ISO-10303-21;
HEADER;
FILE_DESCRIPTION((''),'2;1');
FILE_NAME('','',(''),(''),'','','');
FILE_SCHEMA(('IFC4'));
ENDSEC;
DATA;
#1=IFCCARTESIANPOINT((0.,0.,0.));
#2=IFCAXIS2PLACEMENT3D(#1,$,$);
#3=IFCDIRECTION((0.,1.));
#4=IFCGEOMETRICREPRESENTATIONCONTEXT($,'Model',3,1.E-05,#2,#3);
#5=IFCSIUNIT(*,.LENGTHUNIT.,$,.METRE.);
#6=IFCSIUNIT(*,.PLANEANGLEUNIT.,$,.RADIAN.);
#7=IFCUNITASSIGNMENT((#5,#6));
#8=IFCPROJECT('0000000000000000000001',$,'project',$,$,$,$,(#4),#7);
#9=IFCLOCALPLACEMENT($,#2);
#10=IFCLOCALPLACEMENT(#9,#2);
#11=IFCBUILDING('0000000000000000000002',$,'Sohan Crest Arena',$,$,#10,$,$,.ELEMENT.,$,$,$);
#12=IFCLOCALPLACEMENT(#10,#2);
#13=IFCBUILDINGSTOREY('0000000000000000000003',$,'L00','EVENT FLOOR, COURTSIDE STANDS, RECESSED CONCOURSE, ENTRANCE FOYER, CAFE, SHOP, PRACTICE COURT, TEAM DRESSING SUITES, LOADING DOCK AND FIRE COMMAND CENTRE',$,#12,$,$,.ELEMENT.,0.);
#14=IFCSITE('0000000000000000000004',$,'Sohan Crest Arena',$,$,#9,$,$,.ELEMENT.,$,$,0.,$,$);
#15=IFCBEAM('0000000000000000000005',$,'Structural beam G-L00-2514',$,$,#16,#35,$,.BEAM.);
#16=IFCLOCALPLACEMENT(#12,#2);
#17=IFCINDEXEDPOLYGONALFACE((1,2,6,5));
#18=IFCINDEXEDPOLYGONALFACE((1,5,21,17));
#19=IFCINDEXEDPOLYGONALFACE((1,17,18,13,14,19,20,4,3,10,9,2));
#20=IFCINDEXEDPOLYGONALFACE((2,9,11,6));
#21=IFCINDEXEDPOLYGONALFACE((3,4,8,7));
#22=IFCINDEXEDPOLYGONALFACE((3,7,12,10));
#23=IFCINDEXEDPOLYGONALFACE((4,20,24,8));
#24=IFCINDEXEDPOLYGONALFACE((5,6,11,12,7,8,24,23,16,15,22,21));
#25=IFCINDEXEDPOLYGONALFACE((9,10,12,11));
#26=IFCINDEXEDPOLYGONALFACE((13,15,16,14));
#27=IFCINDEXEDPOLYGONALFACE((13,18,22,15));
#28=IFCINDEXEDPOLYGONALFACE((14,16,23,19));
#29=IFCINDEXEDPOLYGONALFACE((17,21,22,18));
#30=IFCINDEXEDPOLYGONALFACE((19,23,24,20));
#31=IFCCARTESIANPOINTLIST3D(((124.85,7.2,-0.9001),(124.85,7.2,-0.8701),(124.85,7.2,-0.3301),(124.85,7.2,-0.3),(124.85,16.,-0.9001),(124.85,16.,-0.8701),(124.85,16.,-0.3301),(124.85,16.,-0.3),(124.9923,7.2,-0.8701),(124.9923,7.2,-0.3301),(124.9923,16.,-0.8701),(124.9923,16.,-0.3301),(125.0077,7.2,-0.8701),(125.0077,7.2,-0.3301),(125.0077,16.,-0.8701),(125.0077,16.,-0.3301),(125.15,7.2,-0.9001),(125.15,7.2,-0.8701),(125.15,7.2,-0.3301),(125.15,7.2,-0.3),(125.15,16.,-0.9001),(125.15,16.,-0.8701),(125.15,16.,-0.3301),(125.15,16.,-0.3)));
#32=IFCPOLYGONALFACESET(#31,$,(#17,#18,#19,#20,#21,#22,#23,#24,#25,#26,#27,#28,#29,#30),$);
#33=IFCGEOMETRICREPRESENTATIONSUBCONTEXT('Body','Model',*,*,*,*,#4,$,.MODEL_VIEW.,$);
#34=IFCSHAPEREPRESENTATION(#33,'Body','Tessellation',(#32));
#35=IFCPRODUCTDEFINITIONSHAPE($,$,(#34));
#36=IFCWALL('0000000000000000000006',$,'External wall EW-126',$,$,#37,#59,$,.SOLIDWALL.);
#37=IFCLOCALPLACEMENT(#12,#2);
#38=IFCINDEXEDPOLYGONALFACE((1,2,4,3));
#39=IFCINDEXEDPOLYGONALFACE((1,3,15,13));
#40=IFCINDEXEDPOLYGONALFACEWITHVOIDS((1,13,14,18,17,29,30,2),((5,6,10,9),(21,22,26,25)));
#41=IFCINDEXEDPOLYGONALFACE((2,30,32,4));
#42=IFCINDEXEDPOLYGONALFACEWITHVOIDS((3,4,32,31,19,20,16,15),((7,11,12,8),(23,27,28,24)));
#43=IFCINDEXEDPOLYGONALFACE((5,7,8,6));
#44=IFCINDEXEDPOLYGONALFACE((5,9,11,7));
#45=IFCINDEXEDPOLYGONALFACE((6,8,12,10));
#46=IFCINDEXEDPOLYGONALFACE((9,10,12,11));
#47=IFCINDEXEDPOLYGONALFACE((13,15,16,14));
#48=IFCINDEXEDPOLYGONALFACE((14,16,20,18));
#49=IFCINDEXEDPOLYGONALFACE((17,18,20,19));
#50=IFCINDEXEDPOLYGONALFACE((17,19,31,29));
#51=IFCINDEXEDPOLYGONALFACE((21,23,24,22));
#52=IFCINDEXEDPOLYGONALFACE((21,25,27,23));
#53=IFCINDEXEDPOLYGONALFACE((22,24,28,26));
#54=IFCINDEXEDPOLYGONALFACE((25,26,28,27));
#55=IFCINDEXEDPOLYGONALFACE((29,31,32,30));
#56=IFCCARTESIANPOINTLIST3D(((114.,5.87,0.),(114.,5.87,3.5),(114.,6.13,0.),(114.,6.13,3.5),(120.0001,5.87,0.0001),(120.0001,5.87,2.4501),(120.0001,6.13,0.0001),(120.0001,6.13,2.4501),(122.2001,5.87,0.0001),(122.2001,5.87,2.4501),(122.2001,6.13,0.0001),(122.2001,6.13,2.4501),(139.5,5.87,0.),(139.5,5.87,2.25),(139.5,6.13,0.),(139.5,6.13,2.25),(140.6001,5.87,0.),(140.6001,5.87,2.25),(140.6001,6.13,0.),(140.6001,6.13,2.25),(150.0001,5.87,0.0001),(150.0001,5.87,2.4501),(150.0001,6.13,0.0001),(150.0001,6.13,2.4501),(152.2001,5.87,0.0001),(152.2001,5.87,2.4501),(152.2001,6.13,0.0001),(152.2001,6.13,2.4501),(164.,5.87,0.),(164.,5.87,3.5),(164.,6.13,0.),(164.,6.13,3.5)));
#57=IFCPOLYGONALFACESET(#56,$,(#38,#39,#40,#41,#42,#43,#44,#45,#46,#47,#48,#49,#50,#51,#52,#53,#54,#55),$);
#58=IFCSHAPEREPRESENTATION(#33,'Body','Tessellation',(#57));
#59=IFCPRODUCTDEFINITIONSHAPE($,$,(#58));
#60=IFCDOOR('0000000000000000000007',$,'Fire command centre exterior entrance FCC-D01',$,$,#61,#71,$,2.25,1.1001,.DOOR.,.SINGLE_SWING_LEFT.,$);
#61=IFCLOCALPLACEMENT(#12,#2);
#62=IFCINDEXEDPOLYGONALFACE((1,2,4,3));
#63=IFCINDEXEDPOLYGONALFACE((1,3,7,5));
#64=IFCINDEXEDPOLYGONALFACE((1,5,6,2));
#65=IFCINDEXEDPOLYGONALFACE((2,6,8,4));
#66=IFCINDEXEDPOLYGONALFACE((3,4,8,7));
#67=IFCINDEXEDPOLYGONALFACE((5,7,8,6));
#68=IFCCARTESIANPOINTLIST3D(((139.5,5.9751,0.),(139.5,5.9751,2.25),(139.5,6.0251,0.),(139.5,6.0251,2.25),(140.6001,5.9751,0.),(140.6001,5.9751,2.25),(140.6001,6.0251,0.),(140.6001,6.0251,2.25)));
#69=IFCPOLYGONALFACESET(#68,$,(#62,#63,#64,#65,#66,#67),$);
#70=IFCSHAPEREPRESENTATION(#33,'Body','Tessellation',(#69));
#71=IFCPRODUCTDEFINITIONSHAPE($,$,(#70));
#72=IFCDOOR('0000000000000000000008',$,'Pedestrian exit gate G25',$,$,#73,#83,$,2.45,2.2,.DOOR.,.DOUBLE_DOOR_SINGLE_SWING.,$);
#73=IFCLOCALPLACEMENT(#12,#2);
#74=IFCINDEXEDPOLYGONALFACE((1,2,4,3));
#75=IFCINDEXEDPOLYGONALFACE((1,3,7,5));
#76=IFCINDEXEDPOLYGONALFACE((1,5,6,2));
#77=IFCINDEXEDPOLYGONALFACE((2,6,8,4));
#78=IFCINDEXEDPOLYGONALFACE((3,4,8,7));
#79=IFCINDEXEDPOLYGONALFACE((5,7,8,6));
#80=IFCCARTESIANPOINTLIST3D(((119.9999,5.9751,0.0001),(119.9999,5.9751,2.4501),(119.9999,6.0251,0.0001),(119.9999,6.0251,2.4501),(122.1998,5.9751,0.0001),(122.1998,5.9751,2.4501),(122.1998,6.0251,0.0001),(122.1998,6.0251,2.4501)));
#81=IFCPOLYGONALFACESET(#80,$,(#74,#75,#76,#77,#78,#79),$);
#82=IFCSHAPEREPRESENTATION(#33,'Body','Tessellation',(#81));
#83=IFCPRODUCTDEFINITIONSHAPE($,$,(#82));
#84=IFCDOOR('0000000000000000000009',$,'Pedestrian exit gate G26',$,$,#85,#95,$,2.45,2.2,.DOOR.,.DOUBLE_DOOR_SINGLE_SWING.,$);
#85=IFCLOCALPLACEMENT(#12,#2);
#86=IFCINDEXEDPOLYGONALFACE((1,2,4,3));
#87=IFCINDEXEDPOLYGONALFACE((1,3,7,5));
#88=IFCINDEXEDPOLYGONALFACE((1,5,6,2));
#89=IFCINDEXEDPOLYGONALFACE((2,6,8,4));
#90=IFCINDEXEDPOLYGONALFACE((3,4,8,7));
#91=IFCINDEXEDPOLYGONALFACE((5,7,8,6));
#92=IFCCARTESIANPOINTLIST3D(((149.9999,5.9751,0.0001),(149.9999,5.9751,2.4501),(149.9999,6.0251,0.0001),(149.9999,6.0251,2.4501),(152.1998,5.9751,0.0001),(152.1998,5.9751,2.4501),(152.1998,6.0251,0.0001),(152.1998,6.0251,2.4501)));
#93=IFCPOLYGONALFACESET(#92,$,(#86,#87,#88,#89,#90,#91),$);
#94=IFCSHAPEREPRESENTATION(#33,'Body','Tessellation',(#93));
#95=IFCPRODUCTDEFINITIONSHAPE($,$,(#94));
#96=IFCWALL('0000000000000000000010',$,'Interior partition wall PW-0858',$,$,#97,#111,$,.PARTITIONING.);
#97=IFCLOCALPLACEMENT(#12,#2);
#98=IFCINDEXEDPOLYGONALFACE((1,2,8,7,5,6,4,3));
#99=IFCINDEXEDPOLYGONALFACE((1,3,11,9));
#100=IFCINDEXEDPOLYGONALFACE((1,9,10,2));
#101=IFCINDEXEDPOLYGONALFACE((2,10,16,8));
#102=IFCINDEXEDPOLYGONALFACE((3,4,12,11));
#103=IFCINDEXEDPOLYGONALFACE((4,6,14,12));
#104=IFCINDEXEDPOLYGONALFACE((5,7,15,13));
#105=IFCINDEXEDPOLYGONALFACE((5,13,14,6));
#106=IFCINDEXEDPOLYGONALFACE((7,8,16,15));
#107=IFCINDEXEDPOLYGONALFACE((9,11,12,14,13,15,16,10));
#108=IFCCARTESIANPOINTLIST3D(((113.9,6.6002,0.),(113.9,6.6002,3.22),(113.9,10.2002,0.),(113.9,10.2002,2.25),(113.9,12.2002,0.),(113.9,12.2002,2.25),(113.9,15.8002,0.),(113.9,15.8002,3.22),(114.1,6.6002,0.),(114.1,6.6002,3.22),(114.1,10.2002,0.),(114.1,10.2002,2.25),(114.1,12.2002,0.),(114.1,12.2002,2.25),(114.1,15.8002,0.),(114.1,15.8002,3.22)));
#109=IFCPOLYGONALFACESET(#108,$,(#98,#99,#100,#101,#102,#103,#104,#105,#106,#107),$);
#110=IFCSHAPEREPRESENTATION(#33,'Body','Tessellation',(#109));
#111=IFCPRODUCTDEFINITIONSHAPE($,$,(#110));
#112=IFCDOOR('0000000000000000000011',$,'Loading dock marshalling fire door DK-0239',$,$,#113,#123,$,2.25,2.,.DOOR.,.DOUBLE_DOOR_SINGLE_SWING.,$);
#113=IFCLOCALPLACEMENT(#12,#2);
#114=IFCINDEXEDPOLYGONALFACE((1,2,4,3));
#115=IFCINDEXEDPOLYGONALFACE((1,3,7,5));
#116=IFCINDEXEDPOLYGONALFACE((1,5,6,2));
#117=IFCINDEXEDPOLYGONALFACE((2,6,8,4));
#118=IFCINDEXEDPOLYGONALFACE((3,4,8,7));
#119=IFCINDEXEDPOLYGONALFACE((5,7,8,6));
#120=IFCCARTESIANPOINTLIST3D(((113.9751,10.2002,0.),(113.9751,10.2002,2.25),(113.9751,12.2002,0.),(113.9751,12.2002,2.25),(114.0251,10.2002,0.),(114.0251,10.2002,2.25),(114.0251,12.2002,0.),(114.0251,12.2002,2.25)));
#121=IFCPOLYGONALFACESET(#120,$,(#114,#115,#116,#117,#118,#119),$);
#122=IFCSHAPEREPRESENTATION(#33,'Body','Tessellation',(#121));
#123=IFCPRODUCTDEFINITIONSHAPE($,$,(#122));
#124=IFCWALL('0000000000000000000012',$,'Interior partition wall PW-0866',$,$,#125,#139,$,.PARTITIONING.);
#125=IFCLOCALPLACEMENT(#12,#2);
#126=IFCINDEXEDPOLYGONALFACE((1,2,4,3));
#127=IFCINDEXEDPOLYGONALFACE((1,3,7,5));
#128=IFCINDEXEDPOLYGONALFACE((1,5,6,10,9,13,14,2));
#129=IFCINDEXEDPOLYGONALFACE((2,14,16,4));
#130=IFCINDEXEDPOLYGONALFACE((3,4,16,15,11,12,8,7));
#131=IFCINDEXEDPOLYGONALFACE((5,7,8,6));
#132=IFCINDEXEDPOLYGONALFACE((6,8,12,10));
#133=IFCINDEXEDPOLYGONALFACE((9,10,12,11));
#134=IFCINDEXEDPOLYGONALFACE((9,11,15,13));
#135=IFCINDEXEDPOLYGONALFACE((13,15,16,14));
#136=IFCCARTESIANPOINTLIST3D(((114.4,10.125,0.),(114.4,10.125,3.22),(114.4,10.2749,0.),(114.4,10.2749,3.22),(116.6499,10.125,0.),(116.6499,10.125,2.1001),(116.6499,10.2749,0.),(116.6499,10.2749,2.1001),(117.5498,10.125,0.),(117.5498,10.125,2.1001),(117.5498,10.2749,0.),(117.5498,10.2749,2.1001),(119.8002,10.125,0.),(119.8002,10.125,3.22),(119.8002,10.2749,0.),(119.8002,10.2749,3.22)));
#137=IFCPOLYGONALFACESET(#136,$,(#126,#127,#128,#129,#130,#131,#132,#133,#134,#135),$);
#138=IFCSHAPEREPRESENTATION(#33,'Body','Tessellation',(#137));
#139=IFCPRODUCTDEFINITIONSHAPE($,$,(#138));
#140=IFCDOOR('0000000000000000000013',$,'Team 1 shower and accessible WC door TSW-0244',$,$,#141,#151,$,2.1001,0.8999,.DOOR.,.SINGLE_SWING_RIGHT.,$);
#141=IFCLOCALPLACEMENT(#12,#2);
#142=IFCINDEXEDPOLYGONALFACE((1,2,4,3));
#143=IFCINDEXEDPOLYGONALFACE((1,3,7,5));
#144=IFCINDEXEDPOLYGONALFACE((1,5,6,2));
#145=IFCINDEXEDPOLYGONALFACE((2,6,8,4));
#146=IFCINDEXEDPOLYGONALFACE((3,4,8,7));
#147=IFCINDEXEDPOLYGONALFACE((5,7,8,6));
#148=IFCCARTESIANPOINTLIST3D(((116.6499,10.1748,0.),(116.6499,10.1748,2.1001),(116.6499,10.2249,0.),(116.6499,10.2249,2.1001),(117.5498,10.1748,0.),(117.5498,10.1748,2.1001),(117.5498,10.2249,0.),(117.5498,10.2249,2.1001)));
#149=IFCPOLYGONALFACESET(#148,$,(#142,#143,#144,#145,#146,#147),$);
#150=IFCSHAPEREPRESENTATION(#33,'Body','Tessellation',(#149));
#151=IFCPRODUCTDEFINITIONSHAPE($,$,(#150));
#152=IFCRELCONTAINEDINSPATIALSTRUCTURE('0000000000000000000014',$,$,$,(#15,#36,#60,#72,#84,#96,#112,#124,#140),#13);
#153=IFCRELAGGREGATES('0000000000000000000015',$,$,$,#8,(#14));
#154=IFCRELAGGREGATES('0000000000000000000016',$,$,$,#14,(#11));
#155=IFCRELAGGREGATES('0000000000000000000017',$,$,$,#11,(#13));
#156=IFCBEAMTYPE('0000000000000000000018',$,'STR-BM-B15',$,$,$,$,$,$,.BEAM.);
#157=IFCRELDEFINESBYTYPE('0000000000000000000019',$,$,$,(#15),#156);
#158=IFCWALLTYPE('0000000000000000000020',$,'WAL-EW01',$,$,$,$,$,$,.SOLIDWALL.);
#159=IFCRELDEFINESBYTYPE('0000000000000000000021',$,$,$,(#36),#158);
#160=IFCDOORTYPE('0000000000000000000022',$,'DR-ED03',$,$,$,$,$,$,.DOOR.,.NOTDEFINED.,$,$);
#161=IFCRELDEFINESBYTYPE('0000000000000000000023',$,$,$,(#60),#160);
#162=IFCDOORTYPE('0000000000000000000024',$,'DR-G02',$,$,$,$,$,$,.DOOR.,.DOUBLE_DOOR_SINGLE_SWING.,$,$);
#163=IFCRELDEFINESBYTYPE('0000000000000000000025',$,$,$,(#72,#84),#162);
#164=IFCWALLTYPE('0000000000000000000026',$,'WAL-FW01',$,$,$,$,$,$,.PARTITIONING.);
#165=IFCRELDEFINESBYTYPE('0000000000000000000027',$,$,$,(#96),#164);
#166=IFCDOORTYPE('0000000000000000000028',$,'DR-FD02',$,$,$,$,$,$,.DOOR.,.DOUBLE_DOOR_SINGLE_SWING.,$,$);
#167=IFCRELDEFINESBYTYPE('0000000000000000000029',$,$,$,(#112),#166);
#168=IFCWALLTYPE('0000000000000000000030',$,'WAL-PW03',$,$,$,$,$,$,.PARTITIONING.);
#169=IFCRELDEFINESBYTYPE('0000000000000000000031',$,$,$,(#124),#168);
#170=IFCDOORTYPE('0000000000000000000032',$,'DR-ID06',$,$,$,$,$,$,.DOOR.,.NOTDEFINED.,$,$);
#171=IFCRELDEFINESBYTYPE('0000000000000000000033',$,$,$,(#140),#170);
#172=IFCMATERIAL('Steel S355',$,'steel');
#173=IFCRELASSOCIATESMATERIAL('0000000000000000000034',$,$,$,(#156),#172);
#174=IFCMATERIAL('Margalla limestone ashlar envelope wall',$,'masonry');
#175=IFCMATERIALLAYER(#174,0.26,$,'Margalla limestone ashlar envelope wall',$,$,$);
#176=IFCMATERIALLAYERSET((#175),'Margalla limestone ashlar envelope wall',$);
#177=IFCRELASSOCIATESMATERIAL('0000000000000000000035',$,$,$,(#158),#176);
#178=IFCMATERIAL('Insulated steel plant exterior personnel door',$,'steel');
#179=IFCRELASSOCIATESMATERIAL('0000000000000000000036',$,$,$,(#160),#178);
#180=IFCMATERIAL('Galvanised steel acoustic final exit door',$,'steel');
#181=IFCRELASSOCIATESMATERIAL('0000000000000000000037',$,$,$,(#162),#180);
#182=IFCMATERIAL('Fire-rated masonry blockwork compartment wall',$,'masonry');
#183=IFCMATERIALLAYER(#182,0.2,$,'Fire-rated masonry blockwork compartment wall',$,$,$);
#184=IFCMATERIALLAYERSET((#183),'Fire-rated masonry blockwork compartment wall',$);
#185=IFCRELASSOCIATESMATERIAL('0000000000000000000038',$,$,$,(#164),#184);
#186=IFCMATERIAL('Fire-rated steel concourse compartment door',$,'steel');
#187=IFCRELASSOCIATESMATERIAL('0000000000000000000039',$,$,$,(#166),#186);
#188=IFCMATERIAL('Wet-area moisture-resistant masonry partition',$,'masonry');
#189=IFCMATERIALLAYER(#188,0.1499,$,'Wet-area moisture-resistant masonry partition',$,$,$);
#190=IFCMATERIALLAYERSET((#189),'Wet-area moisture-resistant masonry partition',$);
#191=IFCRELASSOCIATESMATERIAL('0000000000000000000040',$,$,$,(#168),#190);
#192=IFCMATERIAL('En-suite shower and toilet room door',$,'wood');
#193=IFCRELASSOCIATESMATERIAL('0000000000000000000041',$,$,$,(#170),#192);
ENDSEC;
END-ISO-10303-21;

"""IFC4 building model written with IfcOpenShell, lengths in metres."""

from ifc_helpers import new_model, si_unit, direction, frame, frame_2d, origin, origin_2d, place, context, subcontext, project, spatial, rectangle, i_section, extrude, material, layer, layer_set, material_profile, profile_set, type_object, element, fill, save


model = new_model("IFC4")

# Units and contexts
model_context = context("Model", 3, precision=1e-05, world=origin(), true_north=direction((0.0, 1.0)))
body_context = subcontext(model_context, "Body", "Model", "MODEL_VIEW")
ifc_project = project(units=[si_unit("LENGTHUNIT", "METRE"), si_unit("PLANEANGLEUNIT", "RADIAN")], contexts=[model_context])

# Site, building, storey
site_placement = place(None, origin())
site = spatial("IfcSite", under=ifc_project, at=site_placement, Name="Sohan Crest Arena", CompositionType="ELEMENT", RefElevation=0.0)
building_placement = place(site_placement, origin())
building = spatial("IfcBuilding", under=site, at=building_placement, Name="Sohan Crest Arena", CompositionType="ELEMENT")
storey_placement = place(building_placement, origin())
storey = spatial("IfcBuildingStorey", under=building, at=storey_placement, Name="L00", Description="EVENT FLOOR, COURTSIDE STANDS, RECESSED CONCOURSE, ENTRANCE FOYER, CAFE, SHOP, PRACTICE COURT, TEAM DRESSING SUITES, LOADING DOCK AND FIRE COMMAND CENTRE", CompositionType="ELEMENT", Elevation=0.0)

# Shared definitions
ifc_material_1 = material(Name="Steel S355", Category="steel")

# Beam
ifc_material_profile_1 = material_profile(ifc_material_1, i_section(OverallWidth=0.3, OverallDepth=0.6001, WebThickness=0.0154, FlangeThickness=0.03, at=origin_2d()), Name="HEB 600")
ifc_profile_set_1 = profile_set([ifc_material_profile_1], Name="Steel S355")
beam_type_1 = type_object("IfcBeamType", Name="STR-BM-B15", PredefinedType="BEAM", material=ifc_profile_set_1)
for number, where, z_axis, x_axis, name in (
    (1, (125.0, 7.2, -0.6001), (0.0, 1.0, 0.0), (-1.0, 0.0, 0.0), "Structural beam G-L00-2514"),
):
    element("IfcBeam", number, at=place(storey_placement, frame(where, z_axis=z_axis, x_axis=x_axis)), inside=storey, type_object=beam_type_1, Name=name, PredefinedType="BEAM", context=body_context, shape_type="SweptSolid", body=[
        extrude(i_section(OverallWidth=0.3, OverallDepth=0.6001, WebThickness=0.0154, FlangeThickness=0.03, at=origin_2d()), origin(), (0.0, 0.0, 1.0), 8.8),
    ])

# Wall, openings, doors
ifc_material_2 = material(Name="Margalla limestone ashlar envelope wall", Category="masonry")
ifc_layer_1 = layer(ifc_material_2, 0.26, Name="Margalla limestone ashlar envelope wall")
ifc_layer_set_1 = layer_set([ifc_layer_1], Name="Margalla limestone ashlar envelope wall")
wall_type_1 = type_object("IfcWallType", Name="WAL-EW01", PredefinedType="SOLIDWALL", material=ifc_layer_set_1)
wall_1_placement = place(storey_placement, frame((114.0, 6.0, 0.0), z_axis=(0.0, 0.0, 1.0), x_axis=(1.0, 0.0, 0.0)))
wall_1 = element("IfcWall", 2, at=wall_1_placement, inside=storey, type_object=wall_type_1, Name="External wall EW-126", PredefinedType="SOLIDWALL", context=body_context, shape_type="SweptSolid", body=[
    extrude(rectangle(XDim=50.0, YDim=0.26, at=frame_2d((25.0, 0.0))), origin(), (0.0, 0.0, 1.0), 3.5),
])
opening_1_placement = place(wall_1_placement, frame((25.5, 0.0, 0.0)))
opening_1 = element("IfcOpeningElement", 3, at=opening_1_placement, cuts=wall_1, PredefinedType="OPENING", context=body_context, shape_type="SweptSolid", body=[
    extrude(rectangle(XDim=1.1001, YDim=2.25, at=frame_2d((0.55, 1.125))), frame((0.0, 0.1399, 0.0), z_axis=(0.0, -1.0, 0.0), x_axis=(1.0, 0.0, 0.0)), (0.0, 0.0, 1.0), 0.28),
])
opening_2_placement = place(wall_1_placement, frame((6.0, 0.0, 0.0)))
opening_2 = element("IfcOpeningElement", 4, at=opening_2_placement, cuts=wall_1, PredefinedType="OPENING", context=body_context, shape_type="SweptSolid", body=[
    extrude(rectangle(XDim=2.2, YDim=2.45, at=frame_2d((1.1001, 1.2251))), frame((0.0, 0.1399, 0.0), z_axis=(0.0, -1.0, 0.0), x_axis=(1.0, 0.0, 0.0)), (0.0, 0.0, 1.0), 0.28),
])
opening_3_placement = place(wall_1_placement, frame((36.0, 0.0, 0.0)))
opening_3 = element("IfcOpeningElement", 5, at=opening_3_placement, cuts=wall_1, PredefinedType="OPENING", context=body_context, shape_type="SweptSolid", body=[
    extrude(rectangle(XDim=2.2, YDim=2.45, at=frame_2d((1.1001, 1.2251))), frame((0.0, 0.1399, 0.0), z_axis=(0.0, -1.0, 0.0), x_axis=(1.0, 0.0, 0.0)), (0.0, 0.0, 1.0), 0.28),
])
ifc_material_3 = material(Name="Insulated steel plant exterior personnel door", Category="steel")
door_type_1 = type_object("IfcDoorType", Name="DR-ED03", OperationType="NOTDEFINED", PredefinedType="DOOR", material=ifc_material_3)
door_1_placement = place(opening_1_placement, frame((1.1001, 0.0, 0.0), z_axis=(0.0, 0.0, 1.0), x_axis=(-1.0, 0.0, 0.0)))
door_1 = element("IfcDoor", 6, at=door_1_placement, inside=storey, type_object=door_type_1, Name="Fire command centre exterior entrance FCC-D01", OperationType="SINGLE_SWING_LEFT", OverallHeight=2.25, OverallWidth=1.1001, PredefinedType="DOOR", context=body_context, shape_type="SweptSolid", body=[
    extrude(rectangle(XDim=1.1001, YDim=2.25, at=frame_2d((0.55, 1.125))), frame((0.0, 0.0249, 0.0), z_axis=(0.0, -1.0, 0.0), x_axis=(1.0, 0.0, 0.0)), (0.0, 0.0, 1.0), 0.05),
])
fill(opening_1, door_1)
ifc_material_4 = material(Name="Galvanised steel acoustic final exit door", Category="steel")
door_type_2 = type_object("IfcDoorType", Name="DR-G02", OperationType="DOUBLE_DOOR_SINGLE_SWING", PredefinedType="DOOR", material=ifc_material_4)
door_2_placement = place(opening_2_placement, frame((2.2, 0.0, 0.0), z_axis=(0.0, 0.0, 1.0), x_axis=(-1.0, 0.0, 0.0)))
door_2 = element("IfcDoor", 7, at=door_2_placement, inside=storey, type_object=door_type_2, Name="Pedestrian exit gate G25", OperationType="DOUBLE_DOOR_SINGLE_SWING", OverallHeight=2.45, OverallWidth=2.2, PredefinedType="DOOR", context=body_context, shape_type="SweptSolid", body=[
    extrude(rectangle(XDim=2.2, YDim=2.45, at=frame_2d((1.1001, 1.2251))), frame((0.0, 0.0249, 0.0), z_axis=(0.0, -1.0, 0.0), x_axis=(1.0, 0.0, 0.0)), (0.0, 0.0, 1.0), 0.05),
])
fill(opening_2, door_2)
door_3_placement = place(opening_3_placement, frame((2.2, 0.0, 0.0), z_axis=(0.0, 0.0, 1.0), x_axis=(-1.0, 0.0, 0.0)))
door_3 = element("IfcDoor", 8, at=door_3_placement, inside=storey, type_object=door_type_2, Name="Pedestrian exit gate G26", OperationType="DOUBLE_DOOR_SINGLE_SWING", OverallHeight=2.45, OverallWidth=2.2, PredefinedType="DOOR", context=body_context, shape_type="SweptSolid", body=[
    extrude(rectangle(XDim=2.2, YDim=2.45, at=frame_2d((1.1001, 1.2251))), frame((0.0, 0.0249, 0.0), z_axis=(0.0, -1.0, 0.0), x_axis=(1.0, 0.0, 0.0)), (0.0, 0.0, 1.0), 0.05),
])
fill(opening_3, door_3)

# Walls, openings, doors
ifc_material_5 = material(Name="Fire-rated masonry blockwork compartment wall", Category="masonry")
ifc_layer_2 = layer(ifc_material_5, 0.2, Name="Fire-rated masonry blockwork compartment wall")
ifc_layer_set_2 = layer_set([ifc_layer_2], Name="Fire-rated masonry blockwork compartment wall")
wall_type_2 = type_object("IfcWallType", Name="WAL-FW01", PredefinedType="PARTITIONING", material=ifc_layer_set_2)
wall_2_placement = place(storey_placement, frame((114.0, 6.6001, 0.0), z_axis=(0.0, 0.0, 1.0), x_axis=(0.0, 1.0, 0.0)))
wall_2 = element("IfcWall", 9, at=wall_2_placement, inside=storey, type_object=wall_type_2, Name="Interior partition wall PW-0858", PredefinedType="PARTITIONING", context=body_context, shape_type="SweptSolid", body=[
    extrude(rectangle(XDim=9.2, YDim=0.2, at=frame_2d((4.6001, 0.0))), origin(), (0.0, 0.0, 1.0), 3.22),
])
opening_4_placement = place(wall_2_placement, frame((3.6001, 0.0, 0.0)))
opening_4 = element("IfcOpeningElement", 10, at=opening_4_placement, cuts=wall_2, PredefinedType="OPENING", context=body_context, shape_type="SweptSolid", body=[
    extrude(rectangle(XDim=2.0, YDim=2.25, at=frame_2d((1.0, 1.125))), frame((0.0, 0.1099, 0.0), z_axis=(0.0, -1.0, 0.0), x_axis=(1.0, 0.0, 0.0)), (0.0, 0.0, 1.0), 0.22),
])
ifc_material_6 = material(Name="Fire-rated steel concourse compartment door", Category="steel")
door_type_3 = type_object("IfcDoorType", Name="DR-FD02", OperationType="DOUBLE_DOOR_SINGLE_SWING", PredefinedType="DOOR", material=ifc_material_6)
door_4_placement = place(opening_4_placement, origin())
door_4 = element("IfcDoor", 11, at=door_4_placement, inside=storey, type_object=door_type_3, Name="Loading dock marshalling fire door DK-0239", OperationType="DOUBLE_DOOR_SINGLE_SWING", OverallHeight=2.25, OverallWidth=2.0, PredefinedType="DOOR", context=body_context, shape_type="SweptSolid", body=[
    extrude(rectangle(XDim=2.0, YDim=2.25, at=frame_2d((1.0, 1.125))), frame((0.0, 0.0249, 0.0), z_axis=(0.0, -1.0, 0.0), x_axis=(1.0, 0.0, 0.0)), (0.0, 0.0, 1.0), 0.05),
])
fill(opening_4, door_4)
ifc_material_7 = material(Name="Wet-area moisture-resistant masonry partition", Category="masonry")
ifc_layer_3 = layer(ifc_material_7, 0.1499, Name="Wet-area moisture-resistant masonry partition")
ifc_layer_set_3 = layer_set([ifc_layer_3], Name="Wet-area moisture-resistant masonry partition")
wall_type_3 = type_object("IfcWallType", Name="WAL-PW03", PredefinedType="PARTITIONING", material=ifc_layer_set_3)
wall_3_placement = place(storey_placement, frame((114.3999, 10.2, 0.0), z_axis=(0.0, 0.0, 1.0), x_axis=(1.0, 0.0, 0.0)))
wall_3 = element("IfcWall", 12, at=wall_3_placement, inside=storey, type_object=wall_type_3, Name="Interior partition wall PW-0866", PredefinedType="PARTITIONING", context=body_context, shape_type="SweptSolid", body=[
    extrude(rectangle(XDim=5.4001, YDim=0.1499, at=frame_2d((2.7002, 0.0))), origin(), (0.0, 0.0, 1.0), 3.22),
])
opening_5_placement = place(wall_3_placement, frame((2.25, 0.0, 0.0)))
opening_5 = element("IfcOpeningElement", 13, at=opening_5_placement, cuts=wall_3, PredefinedType="OPENING", context=body_context, shape_type="SweptSolid", body=[
    extrude(rectangle(XDim=0.8999, YDim=2.1001, at=frame_2d((0.45, 1.05))), frame((0.0, 0.085, 0.0), z_axis=(0.0, -1.0, 0.0), x_axis=(1.0, 0.0, 0.0)), (0.0, 0.0, 1.0), 0.1699),
])
ifc_material_8 = material(Name="En-suite shower and toilet room door", Category="wood")
door_type_4 = type_object("IfcDoorType", Name="DR-ID06", OperationType="NOTDEFINED", PredefinedType="DOOR", material=ifc_material_8)
door_5_placement = place(opening_5_placement, origin())
door_5 = element("IfcDoor", 14, at=door_5_placement, inside=storey, type_object=door_type_4, Name="Team 1 shower and accessible WC door TSW-0244", OperationType="SINGLE_SWING_RIGHT", OverallHeight=2.1001, OverallWidth=0.8999, PredefinedType="DOOR", context=body_context, shape_type="SweptSolid", body=[
    extrude(rectangle(XDim=0.8999, YDim=2.1001, at=frame_2d((0.45, 1.05))), frame((0.0, 0.0249, 0.0), z_axis=(0.0, -1.0, 0.0), x_axis=(1.0, 0.0, 0.0)), (0.0, 0.0, 1.0), 0.05),
])
fill(opening_5, door_5)

save(model, "model.ifc")
